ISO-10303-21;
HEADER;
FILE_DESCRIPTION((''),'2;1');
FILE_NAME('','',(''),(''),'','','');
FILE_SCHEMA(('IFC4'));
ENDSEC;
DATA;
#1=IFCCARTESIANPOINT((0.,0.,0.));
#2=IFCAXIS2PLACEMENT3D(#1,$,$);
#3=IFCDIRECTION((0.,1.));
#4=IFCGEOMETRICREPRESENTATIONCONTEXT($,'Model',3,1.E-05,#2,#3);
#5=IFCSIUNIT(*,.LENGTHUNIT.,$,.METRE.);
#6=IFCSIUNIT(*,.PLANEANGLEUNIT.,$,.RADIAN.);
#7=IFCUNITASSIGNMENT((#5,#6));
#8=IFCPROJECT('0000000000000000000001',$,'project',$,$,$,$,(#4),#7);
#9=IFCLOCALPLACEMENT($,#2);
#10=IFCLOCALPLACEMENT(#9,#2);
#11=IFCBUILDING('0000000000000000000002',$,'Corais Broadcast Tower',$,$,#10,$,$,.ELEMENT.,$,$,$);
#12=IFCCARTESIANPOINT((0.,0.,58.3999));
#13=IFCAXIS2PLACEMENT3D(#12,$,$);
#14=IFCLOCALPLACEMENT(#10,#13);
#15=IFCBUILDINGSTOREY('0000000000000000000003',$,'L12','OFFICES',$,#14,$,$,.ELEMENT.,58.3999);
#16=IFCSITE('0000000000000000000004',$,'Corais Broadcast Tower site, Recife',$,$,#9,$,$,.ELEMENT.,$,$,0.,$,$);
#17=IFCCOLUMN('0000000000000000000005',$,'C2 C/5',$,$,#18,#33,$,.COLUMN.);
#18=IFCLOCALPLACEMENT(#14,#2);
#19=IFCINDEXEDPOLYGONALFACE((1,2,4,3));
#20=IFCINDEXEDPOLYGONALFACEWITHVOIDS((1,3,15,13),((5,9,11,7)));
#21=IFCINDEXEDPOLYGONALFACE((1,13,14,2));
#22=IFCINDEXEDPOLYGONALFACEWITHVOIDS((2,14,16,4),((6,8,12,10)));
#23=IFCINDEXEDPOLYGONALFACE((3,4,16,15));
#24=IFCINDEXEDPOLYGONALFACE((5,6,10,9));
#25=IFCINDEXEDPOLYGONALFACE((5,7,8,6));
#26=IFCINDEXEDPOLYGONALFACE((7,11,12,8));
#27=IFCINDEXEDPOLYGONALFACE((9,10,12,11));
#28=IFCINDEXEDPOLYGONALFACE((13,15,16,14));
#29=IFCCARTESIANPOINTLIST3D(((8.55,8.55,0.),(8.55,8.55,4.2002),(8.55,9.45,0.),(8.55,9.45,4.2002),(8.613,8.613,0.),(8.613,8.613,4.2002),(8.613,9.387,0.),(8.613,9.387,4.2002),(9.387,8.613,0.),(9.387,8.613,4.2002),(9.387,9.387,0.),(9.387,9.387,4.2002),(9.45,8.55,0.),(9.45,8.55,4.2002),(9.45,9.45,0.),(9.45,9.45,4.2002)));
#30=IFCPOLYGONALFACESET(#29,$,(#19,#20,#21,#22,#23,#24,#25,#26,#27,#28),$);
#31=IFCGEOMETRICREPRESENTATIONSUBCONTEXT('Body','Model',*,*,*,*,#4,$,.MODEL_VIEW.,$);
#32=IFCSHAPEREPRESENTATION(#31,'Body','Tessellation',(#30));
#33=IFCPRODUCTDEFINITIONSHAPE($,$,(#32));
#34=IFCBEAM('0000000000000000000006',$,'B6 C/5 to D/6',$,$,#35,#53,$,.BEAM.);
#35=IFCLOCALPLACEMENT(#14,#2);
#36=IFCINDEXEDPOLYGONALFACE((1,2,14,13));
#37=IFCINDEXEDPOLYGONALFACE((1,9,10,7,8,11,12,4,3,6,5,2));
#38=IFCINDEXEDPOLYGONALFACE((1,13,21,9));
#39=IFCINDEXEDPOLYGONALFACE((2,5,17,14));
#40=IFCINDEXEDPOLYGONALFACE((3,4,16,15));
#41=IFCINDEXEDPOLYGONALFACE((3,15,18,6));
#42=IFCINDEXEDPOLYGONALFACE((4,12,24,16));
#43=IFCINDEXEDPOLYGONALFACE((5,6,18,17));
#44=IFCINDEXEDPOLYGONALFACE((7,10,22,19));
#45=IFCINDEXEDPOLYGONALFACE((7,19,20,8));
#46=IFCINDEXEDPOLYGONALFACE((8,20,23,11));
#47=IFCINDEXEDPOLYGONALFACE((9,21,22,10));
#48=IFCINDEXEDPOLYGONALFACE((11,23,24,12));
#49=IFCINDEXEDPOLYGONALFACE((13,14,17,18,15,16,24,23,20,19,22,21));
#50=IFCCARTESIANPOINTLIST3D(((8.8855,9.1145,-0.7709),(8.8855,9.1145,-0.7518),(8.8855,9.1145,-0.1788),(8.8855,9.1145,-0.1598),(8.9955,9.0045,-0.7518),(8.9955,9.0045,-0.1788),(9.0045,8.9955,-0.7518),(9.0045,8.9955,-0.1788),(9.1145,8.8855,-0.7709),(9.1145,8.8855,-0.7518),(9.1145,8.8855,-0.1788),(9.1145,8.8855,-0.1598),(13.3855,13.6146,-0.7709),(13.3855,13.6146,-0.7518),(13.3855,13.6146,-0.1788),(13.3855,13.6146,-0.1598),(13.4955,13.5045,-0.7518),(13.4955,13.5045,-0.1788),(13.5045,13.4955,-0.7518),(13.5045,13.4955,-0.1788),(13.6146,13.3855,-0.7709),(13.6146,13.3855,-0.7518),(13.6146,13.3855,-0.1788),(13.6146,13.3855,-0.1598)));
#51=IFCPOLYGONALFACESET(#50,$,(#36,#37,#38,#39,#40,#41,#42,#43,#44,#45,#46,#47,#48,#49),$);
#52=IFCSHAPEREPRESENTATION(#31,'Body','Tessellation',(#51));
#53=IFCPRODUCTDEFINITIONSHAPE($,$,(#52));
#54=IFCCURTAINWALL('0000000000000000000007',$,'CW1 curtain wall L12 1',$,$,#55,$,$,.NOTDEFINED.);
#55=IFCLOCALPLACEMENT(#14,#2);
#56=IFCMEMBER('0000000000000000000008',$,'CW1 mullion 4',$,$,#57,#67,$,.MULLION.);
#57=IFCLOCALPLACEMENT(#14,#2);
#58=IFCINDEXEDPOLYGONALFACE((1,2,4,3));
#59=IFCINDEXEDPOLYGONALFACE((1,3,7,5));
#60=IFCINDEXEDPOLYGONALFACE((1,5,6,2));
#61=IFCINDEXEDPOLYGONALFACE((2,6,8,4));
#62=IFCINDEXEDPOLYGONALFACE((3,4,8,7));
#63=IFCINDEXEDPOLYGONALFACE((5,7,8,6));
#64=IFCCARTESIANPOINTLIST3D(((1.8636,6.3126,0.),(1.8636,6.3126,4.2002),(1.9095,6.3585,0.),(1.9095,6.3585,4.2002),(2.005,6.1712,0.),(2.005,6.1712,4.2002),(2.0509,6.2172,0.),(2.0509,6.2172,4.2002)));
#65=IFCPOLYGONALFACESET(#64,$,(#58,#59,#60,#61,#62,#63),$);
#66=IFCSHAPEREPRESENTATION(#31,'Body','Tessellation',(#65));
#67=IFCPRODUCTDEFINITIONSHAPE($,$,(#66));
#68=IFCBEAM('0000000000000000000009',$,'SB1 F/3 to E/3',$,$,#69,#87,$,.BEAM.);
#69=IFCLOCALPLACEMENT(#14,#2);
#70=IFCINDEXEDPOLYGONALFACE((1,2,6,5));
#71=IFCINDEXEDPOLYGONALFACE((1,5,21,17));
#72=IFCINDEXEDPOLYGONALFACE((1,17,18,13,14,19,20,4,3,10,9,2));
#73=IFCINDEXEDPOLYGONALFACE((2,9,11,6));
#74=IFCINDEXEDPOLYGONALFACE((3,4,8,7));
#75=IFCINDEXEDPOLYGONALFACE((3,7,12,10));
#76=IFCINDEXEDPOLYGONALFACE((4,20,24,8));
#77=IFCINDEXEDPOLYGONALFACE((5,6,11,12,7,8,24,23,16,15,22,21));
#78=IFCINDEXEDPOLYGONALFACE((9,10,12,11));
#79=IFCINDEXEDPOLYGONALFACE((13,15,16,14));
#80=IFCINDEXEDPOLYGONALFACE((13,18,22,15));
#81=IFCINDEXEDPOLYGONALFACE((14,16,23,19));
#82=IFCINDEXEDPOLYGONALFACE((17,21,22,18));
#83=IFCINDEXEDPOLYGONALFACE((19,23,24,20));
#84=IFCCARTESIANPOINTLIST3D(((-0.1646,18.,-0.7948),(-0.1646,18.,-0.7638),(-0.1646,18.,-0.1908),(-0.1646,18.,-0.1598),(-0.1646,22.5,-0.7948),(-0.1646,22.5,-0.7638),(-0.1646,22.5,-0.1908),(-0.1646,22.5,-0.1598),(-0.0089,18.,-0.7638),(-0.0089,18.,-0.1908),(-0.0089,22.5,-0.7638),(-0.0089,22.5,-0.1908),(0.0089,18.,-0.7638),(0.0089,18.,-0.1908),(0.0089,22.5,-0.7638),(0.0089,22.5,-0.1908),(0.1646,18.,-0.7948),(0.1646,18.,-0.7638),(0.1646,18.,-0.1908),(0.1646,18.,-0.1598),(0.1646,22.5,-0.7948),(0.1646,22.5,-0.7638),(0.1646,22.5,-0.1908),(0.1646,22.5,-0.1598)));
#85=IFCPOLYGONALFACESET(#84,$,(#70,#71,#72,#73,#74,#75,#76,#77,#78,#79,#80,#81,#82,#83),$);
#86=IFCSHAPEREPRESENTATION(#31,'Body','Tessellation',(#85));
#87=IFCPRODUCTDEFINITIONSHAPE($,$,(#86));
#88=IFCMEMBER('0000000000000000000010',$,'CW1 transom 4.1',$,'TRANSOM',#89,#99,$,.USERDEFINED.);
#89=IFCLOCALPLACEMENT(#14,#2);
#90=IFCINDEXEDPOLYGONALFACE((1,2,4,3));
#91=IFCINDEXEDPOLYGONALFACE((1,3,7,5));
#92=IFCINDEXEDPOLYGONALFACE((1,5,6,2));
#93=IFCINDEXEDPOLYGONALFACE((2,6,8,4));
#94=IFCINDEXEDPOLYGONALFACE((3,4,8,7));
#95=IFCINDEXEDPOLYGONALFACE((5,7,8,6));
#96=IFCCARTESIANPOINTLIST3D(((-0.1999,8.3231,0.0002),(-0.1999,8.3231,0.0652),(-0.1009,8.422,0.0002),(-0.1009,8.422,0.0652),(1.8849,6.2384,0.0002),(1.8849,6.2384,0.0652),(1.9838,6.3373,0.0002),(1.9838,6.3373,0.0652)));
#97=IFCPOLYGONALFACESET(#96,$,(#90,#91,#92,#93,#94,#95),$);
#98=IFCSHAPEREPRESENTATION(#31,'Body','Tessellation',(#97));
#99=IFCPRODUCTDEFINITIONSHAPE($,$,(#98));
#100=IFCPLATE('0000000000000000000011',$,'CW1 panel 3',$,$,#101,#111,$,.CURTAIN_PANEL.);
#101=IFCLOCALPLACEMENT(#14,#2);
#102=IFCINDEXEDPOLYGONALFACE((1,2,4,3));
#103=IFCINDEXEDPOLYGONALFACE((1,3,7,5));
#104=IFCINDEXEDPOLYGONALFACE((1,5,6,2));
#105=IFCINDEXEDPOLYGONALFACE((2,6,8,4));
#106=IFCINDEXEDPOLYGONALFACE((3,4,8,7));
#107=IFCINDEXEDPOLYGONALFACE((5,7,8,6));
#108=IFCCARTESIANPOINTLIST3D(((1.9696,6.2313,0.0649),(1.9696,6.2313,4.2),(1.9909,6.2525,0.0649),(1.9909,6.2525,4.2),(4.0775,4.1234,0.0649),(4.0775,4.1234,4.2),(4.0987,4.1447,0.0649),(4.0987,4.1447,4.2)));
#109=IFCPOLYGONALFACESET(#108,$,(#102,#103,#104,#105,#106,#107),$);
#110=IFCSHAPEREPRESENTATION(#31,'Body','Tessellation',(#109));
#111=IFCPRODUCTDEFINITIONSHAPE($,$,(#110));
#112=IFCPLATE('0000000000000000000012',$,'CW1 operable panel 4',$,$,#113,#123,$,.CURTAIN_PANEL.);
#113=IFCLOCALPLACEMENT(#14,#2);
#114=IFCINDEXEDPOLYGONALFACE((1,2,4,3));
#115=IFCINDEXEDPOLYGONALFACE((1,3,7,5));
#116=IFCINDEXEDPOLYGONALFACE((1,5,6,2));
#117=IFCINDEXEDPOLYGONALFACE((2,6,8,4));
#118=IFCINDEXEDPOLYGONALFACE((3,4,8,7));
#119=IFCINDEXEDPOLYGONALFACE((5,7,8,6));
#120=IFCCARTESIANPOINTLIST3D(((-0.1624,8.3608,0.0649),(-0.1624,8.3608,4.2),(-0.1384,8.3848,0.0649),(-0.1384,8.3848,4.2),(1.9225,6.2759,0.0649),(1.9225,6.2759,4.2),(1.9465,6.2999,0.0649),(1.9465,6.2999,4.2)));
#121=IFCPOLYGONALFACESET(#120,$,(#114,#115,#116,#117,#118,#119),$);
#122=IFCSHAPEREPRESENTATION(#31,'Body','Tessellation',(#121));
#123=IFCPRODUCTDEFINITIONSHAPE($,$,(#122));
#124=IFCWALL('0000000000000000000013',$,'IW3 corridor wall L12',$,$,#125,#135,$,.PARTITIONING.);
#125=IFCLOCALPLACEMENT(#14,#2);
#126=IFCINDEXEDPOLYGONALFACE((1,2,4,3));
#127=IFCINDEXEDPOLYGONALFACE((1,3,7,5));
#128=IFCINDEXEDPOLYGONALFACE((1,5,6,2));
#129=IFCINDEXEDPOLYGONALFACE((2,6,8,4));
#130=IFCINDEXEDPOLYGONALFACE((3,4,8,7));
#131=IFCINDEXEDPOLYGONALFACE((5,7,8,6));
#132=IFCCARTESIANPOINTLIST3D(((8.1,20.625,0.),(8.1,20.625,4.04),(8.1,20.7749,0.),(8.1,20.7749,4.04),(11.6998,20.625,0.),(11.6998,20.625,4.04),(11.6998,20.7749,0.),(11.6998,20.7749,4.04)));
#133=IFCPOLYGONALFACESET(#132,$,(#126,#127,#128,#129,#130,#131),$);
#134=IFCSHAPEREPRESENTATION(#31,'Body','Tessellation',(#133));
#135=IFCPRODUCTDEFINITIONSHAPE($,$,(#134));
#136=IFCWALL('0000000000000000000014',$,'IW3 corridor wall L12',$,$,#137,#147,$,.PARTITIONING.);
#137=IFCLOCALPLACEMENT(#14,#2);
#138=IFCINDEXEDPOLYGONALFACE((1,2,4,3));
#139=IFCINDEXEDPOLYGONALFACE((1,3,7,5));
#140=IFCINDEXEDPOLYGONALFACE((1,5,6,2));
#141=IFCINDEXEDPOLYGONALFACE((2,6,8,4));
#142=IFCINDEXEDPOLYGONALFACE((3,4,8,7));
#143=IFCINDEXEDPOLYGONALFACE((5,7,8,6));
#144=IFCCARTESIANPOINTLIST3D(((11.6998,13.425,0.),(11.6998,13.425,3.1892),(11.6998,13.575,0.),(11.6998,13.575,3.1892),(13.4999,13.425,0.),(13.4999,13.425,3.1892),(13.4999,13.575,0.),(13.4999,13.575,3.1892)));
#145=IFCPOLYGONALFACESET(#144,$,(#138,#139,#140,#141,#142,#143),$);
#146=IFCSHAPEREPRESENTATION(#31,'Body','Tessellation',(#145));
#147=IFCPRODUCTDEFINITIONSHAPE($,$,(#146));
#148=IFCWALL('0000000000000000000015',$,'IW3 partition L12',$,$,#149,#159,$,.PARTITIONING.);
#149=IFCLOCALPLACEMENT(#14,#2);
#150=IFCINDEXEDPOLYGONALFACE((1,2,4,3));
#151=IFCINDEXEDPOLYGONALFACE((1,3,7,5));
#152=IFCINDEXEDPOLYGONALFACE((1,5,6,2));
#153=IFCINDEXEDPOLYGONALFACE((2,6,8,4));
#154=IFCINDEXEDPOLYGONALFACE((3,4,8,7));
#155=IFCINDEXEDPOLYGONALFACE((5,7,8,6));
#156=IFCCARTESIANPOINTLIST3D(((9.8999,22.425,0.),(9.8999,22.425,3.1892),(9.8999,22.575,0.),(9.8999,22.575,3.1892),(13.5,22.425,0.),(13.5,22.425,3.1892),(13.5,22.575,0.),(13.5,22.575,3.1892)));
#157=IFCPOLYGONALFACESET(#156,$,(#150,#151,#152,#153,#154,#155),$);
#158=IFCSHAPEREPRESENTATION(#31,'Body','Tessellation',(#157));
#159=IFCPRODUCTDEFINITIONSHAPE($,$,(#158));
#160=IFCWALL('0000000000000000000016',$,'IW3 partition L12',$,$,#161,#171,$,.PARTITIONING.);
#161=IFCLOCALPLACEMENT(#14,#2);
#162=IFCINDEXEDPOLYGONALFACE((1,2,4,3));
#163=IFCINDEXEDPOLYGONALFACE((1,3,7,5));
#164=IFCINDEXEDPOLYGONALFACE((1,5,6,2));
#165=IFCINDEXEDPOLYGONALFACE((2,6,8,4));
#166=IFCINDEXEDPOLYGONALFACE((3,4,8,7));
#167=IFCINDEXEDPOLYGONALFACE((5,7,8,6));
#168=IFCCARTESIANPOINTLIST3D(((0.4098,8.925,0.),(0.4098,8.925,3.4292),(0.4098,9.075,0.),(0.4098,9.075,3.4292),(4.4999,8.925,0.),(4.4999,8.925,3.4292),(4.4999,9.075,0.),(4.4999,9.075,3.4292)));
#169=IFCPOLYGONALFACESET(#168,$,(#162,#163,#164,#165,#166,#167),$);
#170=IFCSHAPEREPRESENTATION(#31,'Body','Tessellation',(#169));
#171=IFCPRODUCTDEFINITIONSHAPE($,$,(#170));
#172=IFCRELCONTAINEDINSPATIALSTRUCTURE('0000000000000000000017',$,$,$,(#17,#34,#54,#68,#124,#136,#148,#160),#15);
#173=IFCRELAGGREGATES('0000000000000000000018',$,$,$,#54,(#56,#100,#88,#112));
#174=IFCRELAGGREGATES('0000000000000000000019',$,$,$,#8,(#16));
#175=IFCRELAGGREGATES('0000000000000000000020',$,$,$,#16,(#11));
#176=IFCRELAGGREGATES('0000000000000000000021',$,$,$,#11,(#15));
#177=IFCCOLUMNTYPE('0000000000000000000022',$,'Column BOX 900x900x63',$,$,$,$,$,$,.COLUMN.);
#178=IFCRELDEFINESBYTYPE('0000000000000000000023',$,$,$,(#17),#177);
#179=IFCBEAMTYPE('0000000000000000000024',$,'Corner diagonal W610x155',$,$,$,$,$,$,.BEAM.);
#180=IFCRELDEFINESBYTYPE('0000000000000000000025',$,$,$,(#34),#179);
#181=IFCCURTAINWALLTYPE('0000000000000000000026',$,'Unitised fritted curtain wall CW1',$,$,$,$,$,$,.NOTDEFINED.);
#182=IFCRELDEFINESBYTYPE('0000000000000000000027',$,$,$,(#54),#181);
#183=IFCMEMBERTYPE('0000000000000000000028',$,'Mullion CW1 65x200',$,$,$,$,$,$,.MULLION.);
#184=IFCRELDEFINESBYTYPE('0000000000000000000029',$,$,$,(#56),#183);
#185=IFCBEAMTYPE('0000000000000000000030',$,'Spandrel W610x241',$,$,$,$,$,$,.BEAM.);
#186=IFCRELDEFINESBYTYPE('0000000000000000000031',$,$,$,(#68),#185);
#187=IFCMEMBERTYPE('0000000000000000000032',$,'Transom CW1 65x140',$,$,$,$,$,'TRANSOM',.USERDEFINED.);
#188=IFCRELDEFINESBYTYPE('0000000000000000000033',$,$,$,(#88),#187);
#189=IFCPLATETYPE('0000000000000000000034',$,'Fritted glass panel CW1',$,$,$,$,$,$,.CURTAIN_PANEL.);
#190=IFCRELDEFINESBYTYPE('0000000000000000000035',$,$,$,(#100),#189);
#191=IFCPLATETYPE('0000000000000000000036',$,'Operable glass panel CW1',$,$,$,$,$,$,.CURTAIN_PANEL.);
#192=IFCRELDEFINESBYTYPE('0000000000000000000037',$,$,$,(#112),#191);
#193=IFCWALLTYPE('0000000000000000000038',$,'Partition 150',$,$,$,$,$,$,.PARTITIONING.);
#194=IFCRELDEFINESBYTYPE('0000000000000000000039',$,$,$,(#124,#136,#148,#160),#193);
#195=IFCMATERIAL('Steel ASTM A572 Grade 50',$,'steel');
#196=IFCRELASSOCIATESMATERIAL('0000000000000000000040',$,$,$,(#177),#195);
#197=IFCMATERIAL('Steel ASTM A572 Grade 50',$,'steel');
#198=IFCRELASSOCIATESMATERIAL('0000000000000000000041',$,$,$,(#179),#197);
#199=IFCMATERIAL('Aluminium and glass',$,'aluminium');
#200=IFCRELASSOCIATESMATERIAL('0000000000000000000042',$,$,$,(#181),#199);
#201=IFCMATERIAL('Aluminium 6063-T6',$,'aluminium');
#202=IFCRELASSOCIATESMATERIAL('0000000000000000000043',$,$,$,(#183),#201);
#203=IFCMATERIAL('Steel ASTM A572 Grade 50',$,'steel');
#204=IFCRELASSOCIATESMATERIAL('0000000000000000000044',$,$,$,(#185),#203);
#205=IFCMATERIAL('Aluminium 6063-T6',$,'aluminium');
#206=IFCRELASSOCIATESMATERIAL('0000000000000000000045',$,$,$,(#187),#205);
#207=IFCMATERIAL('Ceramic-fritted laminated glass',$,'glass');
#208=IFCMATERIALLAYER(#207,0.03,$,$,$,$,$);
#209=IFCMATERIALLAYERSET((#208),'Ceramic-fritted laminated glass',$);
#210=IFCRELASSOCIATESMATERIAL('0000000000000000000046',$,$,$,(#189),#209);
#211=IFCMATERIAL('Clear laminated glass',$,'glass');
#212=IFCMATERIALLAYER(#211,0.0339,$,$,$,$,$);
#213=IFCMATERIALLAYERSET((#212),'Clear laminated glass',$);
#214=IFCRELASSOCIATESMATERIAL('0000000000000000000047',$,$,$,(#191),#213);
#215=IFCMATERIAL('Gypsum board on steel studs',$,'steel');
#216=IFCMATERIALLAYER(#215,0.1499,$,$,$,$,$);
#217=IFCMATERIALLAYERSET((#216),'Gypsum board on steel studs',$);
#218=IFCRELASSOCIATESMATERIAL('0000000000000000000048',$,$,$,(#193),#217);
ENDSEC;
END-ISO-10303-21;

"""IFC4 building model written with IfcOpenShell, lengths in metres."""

from ifc_helpers import new_model, si_unit, direction, frame, frame_2d, origin, origin_2d, place, context, subcontext, project, spatial, rectangle, hollow_rectangle, i_section, extrude, material, layer, layer_set, material_profile, profile_set, type_object, element, aggregate, save


model = new_model("IFC4")

# Units and contexts
model_context = context("Model", 3, precision=1e-05, world=origin(), true_north=direction((0.0, 1.0)))
body_context = subcontext(model_context, "Body", "Model", "MODEL_VIEW")
ifc_project = project(units=[si_unit("LENGTHUNIT", "METRE"), si_unit("PLANEANGLEUNIT", "RADIAN")], contexts=[model_context])

# Site, building, storey
site_placement = place(None, origin())
site = spatial("IfcSite", under=ifc_project, at=site_placement, Name="Corais Broadcast Tower site, Recife", CompositionType="ELEMENT", RefElevation=0.0)
building_placement = place(site_placement, origin())
building = spatial("IfcBuilding", under=site, at=building_placement, Name="Corais Broadcast Tower", CompositionType="ELEMENT")
storey_placement = place(building_placement, frame((0.0, 0.0, 58.3999)))
storey = spatial("IfcBuildingStorey", under=building, at=storey_placement, Name="L12", Description="OFFICES", CompositionType="ELEMENT", Elevation=58.3999)

# Column
ifc_material_1 = material(Name="Steel ASTM A572 Grade 50", Category="steel")
ifc_material_profile_1 = material_profile(ifc_material_1, hollow_rectangle(XDim=0.8999, YDim=0.8999, WallThickness=0.063, at=origin_2d()), Name="BOX 900x900x63")
ifc_profile_set_1 = profile_set([ifc_material_profile_1], Name="Steel ASTM A572 Grade 50")
column_type = type_object("IfcColumnType", Name="Column BOX 900x900x63", PredefinedType="COLUMN", material=ifc_profile_set_1)
column_placement = place(storey_placement, frame((9.0, 9.0, 0.0), z_axis=(0.0, 0.0, 1.0), x_axis=(1.0, 0.0, 0.0)))
element("IfcColumn", 1, at=column_placement, inside=storey, type_object=column_type, Name="C2 C/5", PredefinedType="COLUMN", context=body_context, shape_type="SweptSolid", body=[
    extrude(hollow_rectangle(XDim=0.8999, YDim=0.8999, WallThickness=0.063, at=origin_2d()), origin(), (0.0, 0.0, 1.0), 4.2002),
])

# Beam
ifc_material_2 = material(Name="Steel ASTM A572 Grade 50", Category="steel")
ifc_material_profile_2 = material_profile(ifc_material_2, i_section(OverallWidth=0.324, OverallDepth=0.6111, WebThickness=0.0127, FlangeThickness=0.019, at=origin_2d()), Name="W610x155")
ifc_profile_set_2 = profile_set([ifc_material_profile_2], Name="Steel ASTM A572 Grade 50")
beam_type_1 = type_object("IfcBeamType", Name="Corner diagonal W610x155", PredefinedType="BEAM", material=ifc_profile_set_2)
beam_1_placement = place(storey_placement, frame((9.0, 9.0, -0.4653), z_axis=(0.707107, 0.707107, 0.0), x_axis=(-0.707107, 0.707107, 0.0)))
element("IfcBeam", 2, at=beam_1_placement, inside=storey, type_object=beam_type_1, Name="B6 C/5 to D/6", PredefinedType="BEAM", context=body_context, shape_type="SweptSolid", body=[
    extrude(i_section(OverallWidth=0.324, OverallDepth=0.6111, WebThickness=0.0127, FlangeThickness=0.019, at=origin_2d()), origin(), (0.0, 0.0, 1.0), 6.364),
])

# Curtain wall, member
ifc_material_3 = material(Name="Aluminium and glass", Category="aluminium")
curtain_wall_type = type_object("IfcCurtainWallType", Name="Unitised fritted curtain wall CW1", PredefinedType="NOTDEFINED", material=ifc_material_3)
curtain_wall_placement = place(storey_placement, origin())
curtain_wall = element("IfcCurtainWall", 3, at=curtain_wall_placement, inside=storey, type_object=curtain_wall_type, Name="CW1 curtain wall L12 1", PredefinedType="NOTDEFINED")
ifc_material_4 = material(Name="Aluminium 6063-T6", Category="aluminium")
ifc_material_profile_3 = material_profile(ifc_material_4, rectangle(XDim=0.0649, YDim=0.2, at=origin_2d()), Name="Mullion CW1 65x200")
ifc_profile_set_3 = profile_set([ifc_material_profile_3], Name="Aluminium 6063-T6")
member_type_1 = type_object("IfcMemberType", Name="Mullion CW1 65x200", PredefinedType="MULLION", material=ifc_profile_set_3)
member_1_placement = place(storey_placement, frame((1.9573, 6.2649, 0.0), z_axis=(0.0, 0.0, 1.0), x_axis=(-0.707107, -0.707107, 0.0)))
member_1 = element("IfcMember", 4, at=member_1_placement, type_object=member_type_1, Name="CW1 mullion 4", PredefinedType="MULLION", context=body_context, shape_type="SweptSolid", body=[
    extrude(rectangle(XDim=0.0649, YDim=0.2, at=origin_2d()), origin(), (0.0, 0.0, 1.0), 4.2002),
])

# Beam
ifc_material_5 = material(Name="Steel ASTM A572 Grade 50", Category="steel")
ifc_material_profile_4 = material_profile(ifc_material_5, i_section(OverallWidth=0.3291, OverallDepth=0.635, WebThickness=0.0178, FlangeThickness=0.031, at=origin_2d()), Name="W610x241")
ifc_profile_set_4 = profile_set([ifc_material_profile_4], Name="Steel ASTM A572 Grade 50")
beam_type_2 = type_object("IfcBeamType", Name="Spandrel W610x241", PredefinedType="BEAM", material=ifc_profile_set_4)
beam_2_placement = place(storey_placement, frame((0.0, 22.5, -0.4773), z_axis=(0.0, -1.0, 0.0), x_axis=(1.0, 0.0, 0.0)))
element("IfcBeam", 5, at=beam_2_placement, inside=storey, type_object=beam_type_2, Name="SB1 F/3 to E/3", PredefinedType="BEAM", context=body_context, shape_type="SweptSolid", body=[
    extrude(i_section(OverallWidth=0.3291, OverallDepth=0.635, WebThickness=0.0178, FlangeThickness=0.031, at=origin_2d()), origin(), (0.0, 0.0, 1.0), 4.5),
])

# Member
ifc_material_6 = material(Name="Aluminium 6063-T6", Category="aluminium")
ifc_material_profile_5 = material_profile(ifc_material_6, rectangle(XDim=0.1399, YDim=0.0649, at=origin_2d()), Name="Transom CW1 65x140")
ifc_profile_set_5 = profile_set([ifc_material_profile_5], Name="Aluminium 6063-T6")
member_type_2 = type_object("IfcMemberType", Name="Transom CW1 65x140", ElementType="TRANSOM", PredefinedType="USERDEFINED", material=ifc_profile_set_5)
member_2_placement = place(storey_placement, frame((1.9343, 6.2878, 0.0327), z_axis=(-0.707107, 0.707107, 0.0), x_axis=(-0.707107, -0.707107, 0.0)))
member_2 = element("IfcMember", 6, at=member_2_placement, type_object=member_type_2, Name="CW1 transom 4.1", ObjectType="TRANSOM", PredefinedType="USERDEFINED", context=body_context, shape_type="SweptSolid", body=[
    extrude(rectangle(XDim=0.1399, YDim=0.0649, at=origin_2d()), origin(), (0.0, 0.0, 1.0), 2.9482),
])

# Plates
ifc_material_7 = material(Name="Ceramic-fritted laminated glass", Category="glass")
ifc_layer_1 = layer(ifc_material_7, 0.03)
ifc_layer_set_1 = layer_set([ifc_layer_1], Name="Ceramic-fritted laminated glass")
plate_type_1 = type_object("IfcPlateType", Name="Fritted glass panel CW1", PredefinedType="CURTAIN_PANEL", material=ifc_layer_set_1)
plate_1_placement = place(storey_placement, frame((3.0342, 5.188, 0.0649), z_axis=(0.0, 0.0, 1.0), x_axis=(-0.707107, 0.707107, 0.0)))
plate_1 = element("IfcPlate", 7, at=plate_1_placement, type_object=plate_type_1, Name="CW1 panel 3", PredefinedType="CURTAIN_PANEL", context=body_context, shape_type="SweptSolid", body=[
    extrude(rectangle(XDim=2.981, YDim=0.03, at=origin_2d()), origin(), (0.0, 0.0, 1.0), 4.135),
])
ifc_material_8 = material(Name="Clear laminated glass", Category="glass")
ifc_layer_2 = layer(ifc_material_8, 0.0339)
ifc_layer_set_2 = layer_set([ifc_layer_2], Name="Clear laminated glass")
plate_type_2 = type_object("IfcPlateType", Name="Operable glass panel CW1", PredefinedType="CURTAIN_PANEL", material=ifc_layer_set_2)
plate_2_placement = place(storey_placement, frame((0.8921, 7.3303, 0.0649), z_axis=(0.0, 0.0, 1.0), x_axis=(-0.707107, 0.707107, 0.0)))
plate_2 = element("IfcPlate", 8, at=plate_2_placement, type_object=plate_type_2, Name="CW1 operable panel 4", PredefinedType="CURTAIN_PANEL", context=body_context, shape_type="SweptSolid", body=[
    extrude(rectangle(XDim=2.9485, YDim=0.0339, at=origin_2d()), origin(), (0.0, 0.0, 1.0), 4.135),
])
aggregate(curtain_wall, [member_1, plate_1, member_2, plate_2])

# Walls
ifc_material_9 = material(Name="Gypsum board on steel studs", Category="steel")
ifc_layer_3 = layer(ifc_material_9, 0.1499)
ifc_layer_set_3 = layer_set([ifc_layer_3], Name="Gypsum board on steel studs")
wall_type = type_object("IfcWallType", Name="Partition 150", PredefinedType="PARTITIONING", material=ifc_layer_set_3)
wall_1_placement = place(storey_placement, frame((8.1001, 20.7, 0.0), z_axis=(0.0, 0.0, 1.0), x_axis=(1.0, 0.0, 0.0)))
element("IfcWall", 9, at=wall_1_placement, inside=storey, type_object=wall_type, Name="IW3 corridor wall L12", PredefinedType="PARTITIONING", context=body_context, shape_type="SweptSolid", body=[
    extrude(rectangle(XDim=3.5999, YDim=0.1499, at=frame_2d((1.7998, 0.0))), origin(), (0.0, 0.0, 1.0), 4.04),
])
wall_2_placement = place(storey_placement, frame((11.7, 13.5, 0.0), z_axis=(0.0, 0.0, 1.0), x_axis=(1.0, 0.0, 0.0)))
element("IfcWall", 10, at=wall_2_placement, inside=storey, type_object=wall_type, Name="IW3 corridor wall L12", PredefinedType="PARTITIONING", context=body_context, shape_type="SweptSolid", body=[
    extrude(rectangle(XDim=1.8, YDim=0.1499, at=frame_2d((0.8999, 0.0))), origin(), (0.0, 0.0, 1.0), 3.1892),
])
wall_3_placement = place(storey_placement, frame((9.8999, 22.5, 0.0), z_axis=(0.0, 0.0, 1.0), x_axis=(1.0, 0.0, 0.0)))
element("IfcWall", 11, at=wall_3_placement, inside=storey, type_object=wall_type, Name="IW3 partition L12", PredefinedType="PARTITIONING", context=body_context, shape_type="SweptSolid", body=[
    extrude(rectangle(XDim=3.6001, YDim=0.1499, at=frame_2d((1.8, 0.0))), origin(), (0.0, 0.0, 1.0), 3.1892),
])
wall_4_placement = place(storey_placement, frame((0.4099, 9.0, 0.0), z_axis=(0.0, 0.0, 1.0), x_axis=(1.0, 0.0, 0.0)))
element("IfcWall", 12, at=wall_4_placement, inside=storey, type_object=wall_type, Name="IW3 partition L12", PredefinedType="PARTITIONING", context=body_context, shape_type="SweptSolid", body=[
    extrude(rectangle(XDim=4.0901, YDim=0.1499, at=frame_2d((2.0449, 0.0))), origin(), (0.0, 0.0, 1.0), 3.4292),
])

save(model, "model.ifc")
